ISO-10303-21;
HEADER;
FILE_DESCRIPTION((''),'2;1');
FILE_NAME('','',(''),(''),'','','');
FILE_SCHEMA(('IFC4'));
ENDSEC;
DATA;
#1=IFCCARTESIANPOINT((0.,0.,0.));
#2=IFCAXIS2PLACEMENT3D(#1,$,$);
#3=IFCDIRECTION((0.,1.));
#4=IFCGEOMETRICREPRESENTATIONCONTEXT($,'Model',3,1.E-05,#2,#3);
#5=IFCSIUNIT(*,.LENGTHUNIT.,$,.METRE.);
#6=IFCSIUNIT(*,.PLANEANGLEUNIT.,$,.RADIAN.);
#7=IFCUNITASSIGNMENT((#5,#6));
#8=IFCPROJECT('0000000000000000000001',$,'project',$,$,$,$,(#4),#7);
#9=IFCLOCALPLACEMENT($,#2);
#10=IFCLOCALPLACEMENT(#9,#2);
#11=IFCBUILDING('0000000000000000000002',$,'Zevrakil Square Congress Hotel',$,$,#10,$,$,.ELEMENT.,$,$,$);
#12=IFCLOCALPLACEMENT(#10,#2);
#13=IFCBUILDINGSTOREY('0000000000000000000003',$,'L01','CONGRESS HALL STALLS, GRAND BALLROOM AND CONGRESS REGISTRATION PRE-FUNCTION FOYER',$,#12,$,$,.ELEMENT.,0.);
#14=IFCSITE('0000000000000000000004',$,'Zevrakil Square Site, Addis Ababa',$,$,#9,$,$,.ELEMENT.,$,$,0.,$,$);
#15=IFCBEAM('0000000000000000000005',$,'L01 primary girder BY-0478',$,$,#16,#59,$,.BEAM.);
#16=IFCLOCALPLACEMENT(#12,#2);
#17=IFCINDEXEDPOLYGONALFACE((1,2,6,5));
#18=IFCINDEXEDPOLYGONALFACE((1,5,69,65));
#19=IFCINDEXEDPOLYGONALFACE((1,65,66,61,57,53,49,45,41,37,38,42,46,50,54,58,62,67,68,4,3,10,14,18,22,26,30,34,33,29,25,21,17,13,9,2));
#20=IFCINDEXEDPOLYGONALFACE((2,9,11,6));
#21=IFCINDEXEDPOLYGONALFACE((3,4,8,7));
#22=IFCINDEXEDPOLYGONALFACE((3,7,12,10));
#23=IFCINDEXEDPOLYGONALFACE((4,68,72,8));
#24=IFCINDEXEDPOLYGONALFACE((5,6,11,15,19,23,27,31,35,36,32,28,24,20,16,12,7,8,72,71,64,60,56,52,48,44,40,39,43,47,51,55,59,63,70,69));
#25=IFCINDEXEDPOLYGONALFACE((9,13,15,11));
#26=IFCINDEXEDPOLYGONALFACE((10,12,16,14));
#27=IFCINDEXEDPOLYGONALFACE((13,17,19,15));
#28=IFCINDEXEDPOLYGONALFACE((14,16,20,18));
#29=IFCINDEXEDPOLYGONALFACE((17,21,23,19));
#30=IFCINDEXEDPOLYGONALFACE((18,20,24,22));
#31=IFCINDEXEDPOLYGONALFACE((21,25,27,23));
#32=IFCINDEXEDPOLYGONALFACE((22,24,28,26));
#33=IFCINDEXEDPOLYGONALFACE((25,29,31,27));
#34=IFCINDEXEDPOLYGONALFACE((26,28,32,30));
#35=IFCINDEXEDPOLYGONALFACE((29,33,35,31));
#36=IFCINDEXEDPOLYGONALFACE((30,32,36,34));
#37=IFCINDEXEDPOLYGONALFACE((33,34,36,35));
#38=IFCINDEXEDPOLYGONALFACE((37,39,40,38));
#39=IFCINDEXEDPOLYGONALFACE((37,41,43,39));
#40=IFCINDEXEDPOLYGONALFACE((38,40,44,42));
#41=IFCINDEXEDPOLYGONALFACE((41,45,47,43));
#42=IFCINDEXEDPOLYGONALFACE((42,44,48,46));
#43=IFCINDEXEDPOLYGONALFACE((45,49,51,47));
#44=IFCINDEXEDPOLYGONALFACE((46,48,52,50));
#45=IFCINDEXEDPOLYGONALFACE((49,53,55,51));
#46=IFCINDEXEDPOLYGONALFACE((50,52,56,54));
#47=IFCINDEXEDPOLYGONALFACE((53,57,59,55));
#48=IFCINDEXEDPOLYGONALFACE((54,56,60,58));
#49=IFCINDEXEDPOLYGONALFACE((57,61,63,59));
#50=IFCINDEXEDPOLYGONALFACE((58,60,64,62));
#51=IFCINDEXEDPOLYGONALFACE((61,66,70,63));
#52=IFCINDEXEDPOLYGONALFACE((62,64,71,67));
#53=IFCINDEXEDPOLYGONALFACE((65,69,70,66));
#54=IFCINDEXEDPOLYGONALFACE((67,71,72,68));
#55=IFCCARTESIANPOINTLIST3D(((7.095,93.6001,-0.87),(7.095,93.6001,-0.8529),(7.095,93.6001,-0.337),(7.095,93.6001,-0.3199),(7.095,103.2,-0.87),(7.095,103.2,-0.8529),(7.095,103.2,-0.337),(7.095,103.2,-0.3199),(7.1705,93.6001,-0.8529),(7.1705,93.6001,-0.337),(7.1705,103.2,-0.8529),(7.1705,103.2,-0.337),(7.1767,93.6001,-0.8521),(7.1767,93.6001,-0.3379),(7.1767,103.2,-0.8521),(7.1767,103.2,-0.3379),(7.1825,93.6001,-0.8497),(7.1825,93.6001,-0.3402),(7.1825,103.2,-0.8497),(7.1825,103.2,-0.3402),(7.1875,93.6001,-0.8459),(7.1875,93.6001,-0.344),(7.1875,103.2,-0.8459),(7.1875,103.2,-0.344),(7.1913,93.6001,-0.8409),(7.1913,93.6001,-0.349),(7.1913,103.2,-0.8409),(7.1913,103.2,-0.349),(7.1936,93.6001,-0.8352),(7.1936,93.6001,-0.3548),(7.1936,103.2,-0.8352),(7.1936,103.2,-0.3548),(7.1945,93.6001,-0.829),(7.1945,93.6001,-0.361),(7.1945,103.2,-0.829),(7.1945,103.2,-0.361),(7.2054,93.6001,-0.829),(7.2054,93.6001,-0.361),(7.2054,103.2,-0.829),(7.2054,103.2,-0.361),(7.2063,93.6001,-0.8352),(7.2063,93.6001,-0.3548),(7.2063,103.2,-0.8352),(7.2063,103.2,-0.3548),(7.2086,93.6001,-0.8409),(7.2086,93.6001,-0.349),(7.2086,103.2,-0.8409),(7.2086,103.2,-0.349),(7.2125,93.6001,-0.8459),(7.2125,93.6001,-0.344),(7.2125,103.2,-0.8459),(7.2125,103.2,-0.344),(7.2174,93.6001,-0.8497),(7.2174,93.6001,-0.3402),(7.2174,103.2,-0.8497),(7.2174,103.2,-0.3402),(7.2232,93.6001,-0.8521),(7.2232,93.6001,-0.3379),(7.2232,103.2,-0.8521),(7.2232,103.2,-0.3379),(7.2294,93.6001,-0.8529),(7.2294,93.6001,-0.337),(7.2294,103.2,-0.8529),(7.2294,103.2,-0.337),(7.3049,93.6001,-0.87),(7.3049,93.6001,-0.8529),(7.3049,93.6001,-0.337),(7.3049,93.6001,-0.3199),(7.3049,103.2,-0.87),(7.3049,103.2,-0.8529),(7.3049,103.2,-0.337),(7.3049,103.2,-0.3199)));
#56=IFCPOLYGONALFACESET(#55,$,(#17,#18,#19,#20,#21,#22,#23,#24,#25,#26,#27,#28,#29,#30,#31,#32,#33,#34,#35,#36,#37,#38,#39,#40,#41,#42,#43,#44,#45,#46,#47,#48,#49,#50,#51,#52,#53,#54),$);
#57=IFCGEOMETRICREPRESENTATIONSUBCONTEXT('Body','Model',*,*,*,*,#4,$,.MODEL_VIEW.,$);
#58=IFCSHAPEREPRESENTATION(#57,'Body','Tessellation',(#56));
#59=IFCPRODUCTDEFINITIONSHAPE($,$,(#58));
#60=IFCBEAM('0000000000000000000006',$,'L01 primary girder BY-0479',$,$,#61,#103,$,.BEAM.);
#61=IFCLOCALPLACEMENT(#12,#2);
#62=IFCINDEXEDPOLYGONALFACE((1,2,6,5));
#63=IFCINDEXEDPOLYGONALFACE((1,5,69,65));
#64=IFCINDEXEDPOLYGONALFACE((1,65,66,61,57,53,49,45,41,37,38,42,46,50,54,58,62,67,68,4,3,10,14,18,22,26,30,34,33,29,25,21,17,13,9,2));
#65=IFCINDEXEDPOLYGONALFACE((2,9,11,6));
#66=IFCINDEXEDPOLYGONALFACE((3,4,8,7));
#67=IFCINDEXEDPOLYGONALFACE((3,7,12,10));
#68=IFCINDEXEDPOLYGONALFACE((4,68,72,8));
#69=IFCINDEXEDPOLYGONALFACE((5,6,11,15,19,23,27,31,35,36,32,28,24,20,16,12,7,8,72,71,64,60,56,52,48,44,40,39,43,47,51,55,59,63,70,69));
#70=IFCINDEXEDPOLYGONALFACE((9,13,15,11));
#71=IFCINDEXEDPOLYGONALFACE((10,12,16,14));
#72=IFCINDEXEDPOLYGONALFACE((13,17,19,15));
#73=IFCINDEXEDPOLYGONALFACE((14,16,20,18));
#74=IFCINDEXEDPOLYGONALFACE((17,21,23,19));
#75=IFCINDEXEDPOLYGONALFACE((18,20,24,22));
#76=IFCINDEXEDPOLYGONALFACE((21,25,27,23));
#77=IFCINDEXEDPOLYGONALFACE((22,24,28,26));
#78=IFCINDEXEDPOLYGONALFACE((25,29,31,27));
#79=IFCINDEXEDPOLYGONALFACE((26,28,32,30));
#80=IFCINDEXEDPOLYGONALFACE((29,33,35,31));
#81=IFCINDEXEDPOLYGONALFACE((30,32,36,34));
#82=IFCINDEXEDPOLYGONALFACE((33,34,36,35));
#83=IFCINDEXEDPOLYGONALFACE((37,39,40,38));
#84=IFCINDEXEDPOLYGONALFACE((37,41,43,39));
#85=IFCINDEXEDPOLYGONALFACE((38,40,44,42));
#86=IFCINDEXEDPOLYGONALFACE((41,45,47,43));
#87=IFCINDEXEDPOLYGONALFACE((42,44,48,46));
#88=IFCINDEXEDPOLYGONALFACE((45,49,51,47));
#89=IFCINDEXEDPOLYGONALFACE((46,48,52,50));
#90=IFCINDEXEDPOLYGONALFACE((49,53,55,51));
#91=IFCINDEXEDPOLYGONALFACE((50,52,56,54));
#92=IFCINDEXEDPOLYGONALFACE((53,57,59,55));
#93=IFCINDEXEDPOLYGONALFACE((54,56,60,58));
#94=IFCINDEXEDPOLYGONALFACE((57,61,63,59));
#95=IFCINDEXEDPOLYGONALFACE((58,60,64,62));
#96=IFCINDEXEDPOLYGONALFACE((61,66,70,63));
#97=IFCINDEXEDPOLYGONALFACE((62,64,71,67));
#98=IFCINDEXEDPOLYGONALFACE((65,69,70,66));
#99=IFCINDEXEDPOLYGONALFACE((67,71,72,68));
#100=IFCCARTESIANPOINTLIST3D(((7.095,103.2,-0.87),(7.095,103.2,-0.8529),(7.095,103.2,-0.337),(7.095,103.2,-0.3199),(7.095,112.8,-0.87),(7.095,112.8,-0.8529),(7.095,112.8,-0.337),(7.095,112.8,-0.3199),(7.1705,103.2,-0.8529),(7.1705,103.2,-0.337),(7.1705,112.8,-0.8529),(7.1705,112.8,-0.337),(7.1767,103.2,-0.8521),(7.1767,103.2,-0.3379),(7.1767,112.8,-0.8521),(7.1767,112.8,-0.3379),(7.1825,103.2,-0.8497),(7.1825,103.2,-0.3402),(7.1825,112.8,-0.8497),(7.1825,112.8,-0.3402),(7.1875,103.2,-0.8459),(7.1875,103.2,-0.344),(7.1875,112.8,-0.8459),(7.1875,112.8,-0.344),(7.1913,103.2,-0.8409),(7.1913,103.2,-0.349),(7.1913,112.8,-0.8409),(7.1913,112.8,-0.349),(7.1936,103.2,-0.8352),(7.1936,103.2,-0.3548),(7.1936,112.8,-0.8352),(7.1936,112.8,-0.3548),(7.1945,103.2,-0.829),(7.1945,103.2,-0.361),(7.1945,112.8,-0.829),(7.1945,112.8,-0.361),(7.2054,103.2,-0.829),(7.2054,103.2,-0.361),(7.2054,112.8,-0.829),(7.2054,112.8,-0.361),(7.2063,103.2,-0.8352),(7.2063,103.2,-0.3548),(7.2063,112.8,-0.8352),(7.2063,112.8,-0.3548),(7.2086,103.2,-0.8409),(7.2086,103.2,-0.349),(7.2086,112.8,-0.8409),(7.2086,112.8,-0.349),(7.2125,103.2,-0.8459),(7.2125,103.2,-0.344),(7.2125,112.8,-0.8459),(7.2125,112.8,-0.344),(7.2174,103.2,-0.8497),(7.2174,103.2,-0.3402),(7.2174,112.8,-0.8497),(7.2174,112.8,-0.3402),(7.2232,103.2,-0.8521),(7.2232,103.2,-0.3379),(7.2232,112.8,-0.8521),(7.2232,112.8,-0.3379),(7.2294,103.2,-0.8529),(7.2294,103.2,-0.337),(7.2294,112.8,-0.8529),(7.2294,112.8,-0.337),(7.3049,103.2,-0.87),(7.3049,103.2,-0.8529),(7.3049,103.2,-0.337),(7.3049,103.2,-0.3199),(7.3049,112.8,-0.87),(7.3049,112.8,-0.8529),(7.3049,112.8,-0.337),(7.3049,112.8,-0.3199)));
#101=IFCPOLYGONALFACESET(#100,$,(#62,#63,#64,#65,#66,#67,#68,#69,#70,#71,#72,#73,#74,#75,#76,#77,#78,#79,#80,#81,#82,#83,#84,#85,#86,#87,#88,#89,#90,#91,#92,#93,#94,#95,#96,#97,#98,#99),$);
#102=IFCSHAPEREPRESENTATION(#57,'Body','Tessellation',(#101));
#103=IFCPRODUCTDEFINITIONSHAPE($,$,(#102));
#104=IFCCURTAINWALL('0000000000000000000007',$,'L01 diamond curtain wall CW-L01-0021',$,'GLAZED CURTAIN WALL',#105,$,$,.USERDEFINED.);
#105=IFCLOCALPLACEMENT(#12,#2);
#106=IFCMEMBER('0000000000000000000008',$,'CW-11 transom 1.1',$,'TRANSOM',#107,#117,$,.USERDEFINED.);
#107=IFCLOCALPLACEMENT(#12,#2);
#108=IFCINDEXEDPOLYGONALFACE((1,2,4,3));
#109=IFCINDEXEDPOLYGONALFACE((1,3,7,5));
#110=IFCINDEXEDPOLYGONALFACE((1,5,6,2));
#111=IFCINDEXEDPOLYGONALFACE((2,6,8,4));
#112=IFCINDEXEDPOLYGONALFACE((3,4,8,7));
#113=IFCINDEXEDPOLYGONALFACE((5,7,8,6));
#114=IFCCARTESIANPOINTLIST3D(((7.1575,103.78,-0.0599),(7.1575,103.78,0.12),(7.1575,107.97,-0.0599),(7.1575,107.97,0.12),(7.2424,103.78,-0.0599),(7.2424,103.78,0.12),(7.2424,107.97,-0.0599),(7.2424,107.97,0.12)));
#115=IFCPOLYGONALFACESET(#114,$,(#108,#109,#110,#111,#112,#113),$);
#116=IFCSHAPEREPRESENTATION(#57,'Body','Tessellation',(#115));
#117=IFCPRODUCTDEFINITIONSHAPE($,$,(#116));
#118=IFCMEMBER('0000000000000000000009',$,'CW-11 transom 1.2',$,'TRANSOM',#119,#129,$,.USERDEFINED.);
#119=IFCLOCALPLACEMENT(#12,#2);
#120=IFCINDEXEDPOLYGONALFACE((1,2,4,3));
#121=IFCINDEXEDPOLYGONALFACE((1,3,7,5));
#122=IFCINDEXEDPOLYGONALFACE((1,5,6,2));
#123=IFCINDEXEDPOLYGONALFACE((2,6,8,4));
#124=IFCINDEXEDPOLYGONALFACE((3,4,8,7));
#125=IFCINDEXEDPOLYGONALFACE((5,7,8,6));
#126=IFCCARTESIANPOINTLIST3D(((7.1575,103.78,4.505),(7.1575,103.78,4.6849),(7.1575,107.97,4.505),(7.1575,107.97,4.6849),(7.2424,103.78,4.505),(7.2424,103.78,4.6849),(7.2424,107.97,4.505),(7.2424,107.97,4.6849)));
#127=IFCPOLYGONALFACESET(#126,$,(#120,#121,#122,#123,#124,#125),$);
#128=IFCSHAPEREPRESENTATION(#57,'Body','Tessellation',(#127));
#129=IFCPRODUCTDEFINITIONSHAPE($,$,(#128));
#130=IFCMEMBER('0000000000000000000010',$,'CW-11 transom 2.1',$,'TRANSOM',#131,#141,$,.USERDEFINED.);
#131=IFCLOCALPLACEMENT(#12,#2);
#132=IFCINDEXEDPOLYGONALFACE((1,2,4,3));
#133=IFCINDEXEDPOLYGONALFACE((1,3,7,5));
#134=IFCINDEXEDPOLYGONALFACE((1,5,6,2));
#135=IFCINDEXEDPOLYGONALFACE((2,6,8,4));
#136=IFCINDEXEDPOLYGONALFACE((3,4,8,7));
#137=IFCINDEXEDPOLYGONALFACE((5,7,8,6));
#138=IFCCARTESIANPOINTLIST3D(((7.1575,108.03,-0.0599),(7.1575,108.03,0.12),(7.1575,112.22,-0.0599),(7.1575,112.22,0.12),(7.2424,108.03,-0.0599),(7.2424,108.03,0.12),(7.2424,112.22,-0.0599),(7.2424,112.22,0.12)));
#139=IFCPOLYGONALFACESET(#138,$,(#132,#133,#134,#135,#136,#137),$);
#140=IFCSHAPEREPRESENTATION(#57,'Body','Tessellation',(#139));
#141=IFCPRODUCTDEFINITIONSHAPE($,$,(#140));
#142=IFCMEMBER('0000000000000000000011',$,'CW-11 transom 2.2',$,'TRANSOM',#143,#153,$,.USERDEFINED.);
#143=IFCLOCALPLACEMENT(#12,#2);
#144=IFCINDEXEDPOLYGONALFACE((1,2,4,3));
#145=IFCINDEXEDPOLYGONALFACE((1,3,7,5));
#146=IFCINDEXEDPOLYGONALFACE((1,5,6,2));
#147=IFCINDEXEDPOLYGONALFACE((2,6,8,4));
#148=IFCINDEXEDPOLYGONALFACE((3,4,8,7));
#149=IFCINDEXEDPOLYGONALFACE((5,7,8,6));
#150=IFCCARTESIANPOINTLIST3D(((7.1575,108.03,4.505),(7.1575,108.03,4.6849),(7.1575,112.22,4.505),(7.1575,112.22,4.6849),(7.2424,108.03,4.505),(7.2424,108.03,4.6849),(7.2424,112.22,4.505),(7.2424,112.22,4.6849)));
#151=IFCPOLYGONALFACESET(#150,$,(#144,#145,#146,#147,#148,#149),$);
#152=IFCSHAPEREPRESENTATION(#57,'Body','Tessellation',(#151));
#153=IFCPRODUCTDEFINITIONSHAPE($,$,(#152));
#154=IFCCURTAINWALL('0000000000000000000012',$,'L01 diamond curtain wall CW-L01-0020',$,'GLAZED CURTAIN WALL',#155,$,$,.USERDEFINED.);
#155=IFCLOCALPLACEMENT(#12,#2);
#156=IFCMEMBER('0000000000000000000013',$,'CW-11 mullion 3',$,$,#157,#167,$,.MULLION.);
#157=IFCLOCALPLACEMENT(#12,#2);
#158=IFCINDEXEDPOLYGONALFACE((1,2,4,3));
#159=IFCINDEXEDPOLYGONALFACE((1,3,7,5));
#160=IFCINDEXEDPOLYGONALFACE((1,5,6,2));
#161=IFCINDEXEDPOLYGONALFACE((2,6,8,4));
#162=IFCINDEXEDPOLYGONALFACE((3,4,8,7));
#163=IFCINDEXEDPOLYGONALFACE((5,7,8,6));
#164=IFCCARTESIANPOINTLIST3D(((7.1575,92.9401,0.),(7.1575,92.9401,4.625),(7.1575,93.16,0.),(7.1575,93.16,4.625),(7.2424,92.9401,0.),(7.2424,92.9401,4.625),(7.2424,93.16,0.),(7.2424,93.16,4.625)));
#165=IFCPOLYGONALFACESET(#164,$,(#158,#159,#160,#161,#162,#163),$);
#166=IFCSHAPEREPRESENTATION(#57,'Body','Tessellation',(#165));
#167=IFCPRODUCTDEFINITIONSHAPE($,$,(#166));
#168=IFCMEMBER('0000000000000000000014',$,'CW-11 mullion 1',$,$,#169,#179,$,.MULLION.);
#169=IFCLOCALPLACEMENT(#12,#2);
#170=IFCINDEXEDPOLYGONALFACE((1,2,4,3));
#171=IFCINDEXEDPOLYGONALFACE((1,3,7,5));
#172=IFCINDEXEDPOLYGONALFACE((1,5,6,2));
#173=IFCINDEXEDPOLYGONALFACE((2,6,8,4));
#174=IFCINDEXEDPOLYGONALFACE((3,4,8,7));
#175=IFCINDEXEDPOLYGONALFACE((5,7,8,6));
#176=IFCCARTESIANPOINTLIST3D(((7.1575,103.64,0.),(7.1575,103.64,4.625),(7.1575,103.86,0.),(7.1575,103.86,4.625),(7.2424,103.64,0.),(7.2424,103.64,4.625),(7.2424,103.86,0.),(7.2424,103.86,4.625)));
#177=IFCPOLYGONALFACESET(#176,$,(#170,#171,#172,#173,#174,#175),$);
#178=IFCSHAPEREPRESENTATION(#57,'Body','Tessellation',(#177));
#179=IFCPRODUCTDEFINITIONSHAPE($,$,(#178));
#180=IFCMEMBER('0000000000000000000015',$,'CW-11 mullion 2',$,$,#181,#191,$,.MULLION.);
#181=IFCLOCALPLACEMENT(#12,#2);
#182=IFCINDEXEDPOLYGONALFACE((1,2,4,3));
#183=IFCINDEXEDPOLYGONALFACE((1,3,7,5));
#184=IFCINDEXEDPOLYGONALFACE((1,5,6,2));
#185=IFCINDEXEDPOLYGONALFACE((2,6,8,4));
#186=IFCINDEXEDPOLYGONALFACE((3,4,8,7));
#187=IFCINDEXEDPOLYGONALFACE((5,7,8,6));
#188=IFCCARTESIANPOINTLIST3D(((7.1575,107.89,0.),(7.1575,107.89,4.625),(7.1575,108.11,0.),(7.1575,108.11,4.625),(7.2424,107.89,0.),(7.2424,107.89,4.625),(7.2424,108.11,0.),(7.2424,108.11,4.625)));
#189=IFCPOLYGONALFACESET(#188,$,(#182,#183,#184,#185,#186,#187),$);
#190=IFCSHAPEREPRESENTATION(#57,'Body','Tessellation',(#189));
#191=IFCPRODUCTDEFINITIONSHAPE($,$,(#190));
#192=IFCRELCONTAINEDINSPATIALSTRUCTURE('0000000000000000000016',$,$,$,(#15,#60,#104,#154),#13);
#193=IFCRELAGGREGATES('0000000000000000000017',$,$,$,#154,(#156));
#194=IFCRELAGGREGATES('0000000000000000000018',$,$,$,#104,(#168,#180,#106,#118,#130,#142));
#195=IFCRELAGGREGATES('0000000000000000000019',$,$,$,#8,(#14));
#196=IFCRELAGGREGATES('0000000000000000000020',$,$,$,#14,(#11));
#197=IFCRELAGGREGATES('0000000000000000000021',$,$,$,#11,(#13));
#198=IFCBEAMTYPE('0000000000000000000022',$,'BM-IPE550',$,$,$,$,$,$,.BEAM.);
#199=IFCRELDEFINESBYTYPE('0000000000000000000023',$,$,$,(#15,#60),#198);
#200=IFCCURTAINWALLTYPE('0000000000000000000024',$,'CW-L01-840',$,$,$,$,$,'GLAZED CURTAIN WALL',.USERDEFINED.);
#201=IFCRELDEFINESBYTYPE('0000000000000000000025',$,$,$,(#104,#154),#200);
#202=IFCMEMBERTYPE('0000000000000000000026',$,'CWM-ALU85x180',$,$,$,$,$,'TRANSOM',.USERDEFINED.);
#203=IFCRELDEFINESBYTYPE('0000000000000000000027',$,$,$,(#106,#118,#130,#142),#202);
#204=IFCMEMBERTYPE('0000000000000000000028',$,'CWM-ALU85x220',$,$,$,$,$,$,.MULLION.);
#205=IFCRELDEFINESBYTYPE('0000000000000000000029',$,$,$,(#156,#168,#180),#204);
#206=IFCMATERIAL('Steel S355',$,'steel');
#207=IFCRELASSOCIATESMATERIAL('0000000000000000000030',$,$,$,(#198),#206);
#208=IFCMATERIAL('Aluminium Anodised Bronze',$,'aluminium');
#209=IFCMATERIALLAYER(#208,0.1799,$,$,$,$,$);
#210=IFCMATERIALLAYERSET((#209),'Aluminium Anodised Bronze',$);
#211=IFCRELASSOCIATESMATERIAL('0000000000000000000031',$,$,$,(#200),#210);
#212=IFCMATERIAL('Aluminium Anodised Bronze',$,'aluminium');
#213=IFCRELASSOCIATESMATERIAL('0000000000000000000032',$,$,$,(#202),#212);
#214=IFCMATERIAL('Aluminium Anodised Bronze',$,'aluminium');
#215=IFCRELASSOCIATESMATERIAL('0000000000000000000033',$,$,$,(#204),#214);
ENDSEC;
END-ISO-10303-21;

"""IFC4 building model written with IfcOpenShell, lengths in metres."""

from ifc_helpers import new_model, si_unit, direction, frame, origin, origin_2d, place, context, subcontext, project, spatial, rectangle, i_section, extrude, material, layer, layer_set, material_profile, profile_set, type_object, element, aggregate, save


model = new_model("IFC4")

# Units and contexts
model_context = context("Model", 3, precision=1e-05, world=origin(), true_north=direction((0.0, 1.0)))
body_context = subcontext(model_context, "Body", "Model", "MODEL_VIEW")
ifc_project = project(units=[si_unit("LENGTHUNIT", "METRE"), si_unit("PLANEANGLEUNIT", "RADIAN")], contexts=[model_context])

# Site, building, storey
site_placement = place(None, origin())
site = spatial("IfcSite", under=ifc_project, at=site_placement, Name="Zevrakil Square Site, Addis Ababa", CompositionType="ELEMENT", RefElevation=0.0)
building_placement = place(site_placement, origin())
building = spatial("IfcBuilding", under=site, at=building_placement, Name="Zevrakil Square Congress Hotel", CompositionType="ELEMENT")
storey_placement = place(building_placement, origin())
storey = spatial("IfcBuildingStorey", under=building, at=storey_placement, Name="L01", Description="CONGRESS HALL STALLS, GRAND BALLROOM AND CONGRESS REGISTRATION PRE-FUNCTION FOYER", CompositionType="ELEMENT", Elevation=0.0)

# Beams
ifc_material_1 = material(Name="Steel S355", Category="steel")
ifc_material_profile_1 = material_profile(ifc_material_1, i_section(OverallWidth=0.21, OverallDepth=0.55, WebThickness=0.011, FlangeThickness=0.0171, FilletRadius=0.0239, at=origin_2d()), Name="IPE 550")
ifc_profile_set_1 = profile_set([ifc_material_profile_1], Name="Steel S355")
beam_type_1 = type_object("IfcBeamType", Name="BM-IPE550", PredefinedType="BEAM", material=ifc_profile_set_1)
beam_1_placement = place(storey_placement, frame((7.2, 93.6001, -0.595), z_axis=(0.0, 1.0, 0.0), x_axis=(-1.0, 0.0, 0.0)))
element("IfcBeam", 1, at=beam_1_placement, inside=storey, type_object=beam_type_1, Name="L01 primary girder BY-0478", PredefinedType="BEAM", context=body_context, shape_type="SweptSolid", body=[
    extrude(i_section(OverallWidth=0.21, OverallDepth=0.55, WebThickness=0.011, FlangeThickness=0.0171, FilletRadius=0.0239, at=origin_2d()), origin(), (0.0, 0.0, 1.0), 9.5999),
])
beam_2_placement = place(storey_placement, frame((7.2, 103.2, -0.595), z_axis=(0.0, 1.0, 0.0), x_axis=(-1.0, 0.0, 0.0)))
element("IfcBeam", 2, at=beam_2_placement, inside=storey, type_object=beam_type_1, Name="L01 primary girder BY-0479", PredefinedType="BEAM", context=body_context, shape_type="SweptSolid", body=[
    extrude(i_section(OverallWidth=0.21, OverallDepth=0.55, WebThickness=0.011, FlangeThickness=0.0171, FilletRadius=0.0239, at=origin_2d()), origin(), (0.0, 0.0, 1.0), 9.6001),
])

# Curtain wall, members
ifc_material_2 = material(Name="Aluminium Anodised Bronze", Category="aluminium")
ifc_layer_1 = layer(ifc_material_2, 0.1799)
ifc_layer_set_1 = layer_set([ifc_layer_1], Name="Aluminium Anodised Bronze")
curtain_wall_type = type_object("IfcCurtainWallType", Name="CW-L01-840", ElementType="GLAZED CURTAIN WALL", PredefinedType="USERDEFINED", material=ifc_layer_set_1)
curtain_wall_1_placement = place(storey_placement, origin())
curtain_wall_1 = element("IfcCurtainWall", 3, at=curtain_wall_1_placement, inside=storey, type_object=curtain_wall_type, Name="L01 diamond curtain wall CW-L01-0021", ObjectType="GLAZED CURTAIN WALL", PredefinedType="USERDEFINED")
ifc_material_3 = material(Name="Aluminium Anodised Bronze", Category="aluminium")
ifc_material_profile_2 = material_profile(ifc_material_3, rectangle(XDim=0.085, YDim=0.1799, at=origin_2d()), Name="ALU 85x180")
ifc_profile_set_2 = profile_set([ifc_material_profile_2], Name="Aluminium Anodised Bronze")
member_type_1 = type_object("IfcMemberType", Name="CWM-ALU85x180", ElementType="TRANSOM", PredefinedType="USERDEFINED", material=ifc_profile_set_2)
member_1_placement = place(storey_placement, frame((7.2, 103.78, 0.03), z_axis=(0.0, 1.0, 0.0), x_axis=(-1.0, 0.0, 0.0)))
member_1 = element("IfcMember", 4, at=member_1_placement, type_object=member_type_1, Name="CW-11 transom 1.1", ObjectType="TRANSOM", PredefinedType="USERDEFINED", context=body_context, shape_type="SweptSolid", body=[
    extrude(rectangle(XDim=0.085, YDim=0.1799, at=origin_2d()), origin(), (0.0, 0.0, 1.0), 4.1899),
])
member_2_placement = place(storey_placement, frame((7.2, 103.78, 4.595), z_axis=(0.0, 1.0, 0.0), x_axis=(-1.0, 0.0, 0.0)))
member_2 = element("IfcMember", 5, at=member_2_placement, type_object=member_type_1, Name="CW-11 transom 1.2", ObjectType="TRANSOM", PredefinedType="USERDEFINED", context=body_context, shape_type="SweptSolid", body=[
    extrude(rectangle(XDim=0.085, YDim=0.1799, at=origin_2d()), origin(), (0.0, 0.0, 1.0), 4.1899),
])
member_3_placement = place(storey_placement, frame((7.2, 108.03, 0.03), z_axis=(0.0, 1.0, 0.0), x_axis=(-1.0, 0.0, 0.0)))
member_3 = element("IfcMember", 6, at=member_3_placement, type_object=member_type_1, Name="CW-11 transom 2.1", ObjectType="TRANSOM", PredefinedType="USERDEFINED", context=body_context, shape_type="SweptSolid", body=[
    extrude(rectangle(XDim=0.085, YDim=0.1799, at=origin_2d()), origin(), (0.0, 0.0, 1.0), 4.1899),
])
member_4_placement = place(storey_placement, frame((7.2, 108.03, 4.595), z_axis=(0.0, 1.0, 0.0), x_axis=(-1.0, 0.0, 0.0)))
member_4 = element("IfcMember", 7, at=member_4_placement, type_object=member_type_1, Name="CW-11 transom 2.2", ObjectType="TRANSOM", PredefinedType="USERDEFINED", context=body_context, shape_type="SweptSolid", body=[
    extrude(rectangle(XDim=0.085, YDim=0.1799, at=origin_2d()), origin(), (0.0, 0.0, 1.0), 4.1899),
])

# Curtain wall, member
curtain_wall_2_placement = place(storey_placement, origin())
curtain_wall_2 = element("IfcCurtainWall", 8, at=curtain_wall_2_placement, inside=storey, type_object=curtain_wall_type, Name="L01 diamond curtain wall CW-L01-0020", ObjectType="GLAZED CURTAIN WALL", PredefinedType="USERDEFINED")
ifc_material_4 = material(Name="Aluminium Anodised Bronze", Category="aluminium")
ifc_material_profile_3 = material_profile(ifc_material_4, rectangle(XDim=0.085, YDim=0.22, at=origin_2d()), Name="ALU 85x220")
ifc_profile_set_3 = profile_set([ifc_material_profile_3], Name="Aluminium Anodised Bronze")
member_type_2 = type_object("IfcMemberType", Name="CWM-ALU85x220", PredefinedType="MULLION", material=ifc_profile_set_3)
member_5_placement = place(storey_placement, frame((7.2, 93.05, 0.0), z_axis=(0.0, 0.0, 1.0), x_axis=(-1.0, 0.0, 0.0)))
member_5 = element("IfcMember", 9, at=member_5_placement, type_object=member_type_2, Name="CW-11 mullion 3", PredefinedType="MULLION", context=body_context, shape_type="SweptSolid", body=[
    extrude(rectangle(XDim=0.085, YDim=0.22, at=origin_2d()), origin(), (0.0, 0.0, 1.0), 4.625),
])

# Members
member_6_placement = place(storey_placement, frame((7.2, 103.75, 0.0), z_axis=(0.0, 0.0, 1.0), x_axis=(-1.0, 0.0, 0.0)))
member_6 = element("IfcMember", 10, at=member_6_placement, type_object=member_type_2, Name="CW-11 mullion 1", PredefinedType="MULLION", context=body_context, shape_type="SweptSolid", body=[
    extrude(rectangle(XDim=0.085, YDim=0.22, at=origin_2d()), origin(), (0.0, 0.0, 1.0), 4.625),
])
member_7_placement = place(storey_placement, frame((7.2, 108.0, 0.0), z_axis=(0.0, 0.0, 1.0), x_axis=(-1.0, 0.0, 0.0)))
member_7 = element("IfcMember", 11, at=member_7_placement, type_object=member_type_2, Name="CW-11 mullion 2", PredefinedType="MULLION", context=body_context, shape_type="SweptSolid", body=[
    extrude(rectangle(XDim=0.085, YDim=0.22, at=origin_2d()), origin(), (0.0, 0.0, 1.0), 4.625),
])

aggregate(curtain_wall_2, [member_5])
aggregate(curtain_wall_1, [member_6, member_7, member_1, member_2, member_3, member_4])

save(model, "model.ifc")
